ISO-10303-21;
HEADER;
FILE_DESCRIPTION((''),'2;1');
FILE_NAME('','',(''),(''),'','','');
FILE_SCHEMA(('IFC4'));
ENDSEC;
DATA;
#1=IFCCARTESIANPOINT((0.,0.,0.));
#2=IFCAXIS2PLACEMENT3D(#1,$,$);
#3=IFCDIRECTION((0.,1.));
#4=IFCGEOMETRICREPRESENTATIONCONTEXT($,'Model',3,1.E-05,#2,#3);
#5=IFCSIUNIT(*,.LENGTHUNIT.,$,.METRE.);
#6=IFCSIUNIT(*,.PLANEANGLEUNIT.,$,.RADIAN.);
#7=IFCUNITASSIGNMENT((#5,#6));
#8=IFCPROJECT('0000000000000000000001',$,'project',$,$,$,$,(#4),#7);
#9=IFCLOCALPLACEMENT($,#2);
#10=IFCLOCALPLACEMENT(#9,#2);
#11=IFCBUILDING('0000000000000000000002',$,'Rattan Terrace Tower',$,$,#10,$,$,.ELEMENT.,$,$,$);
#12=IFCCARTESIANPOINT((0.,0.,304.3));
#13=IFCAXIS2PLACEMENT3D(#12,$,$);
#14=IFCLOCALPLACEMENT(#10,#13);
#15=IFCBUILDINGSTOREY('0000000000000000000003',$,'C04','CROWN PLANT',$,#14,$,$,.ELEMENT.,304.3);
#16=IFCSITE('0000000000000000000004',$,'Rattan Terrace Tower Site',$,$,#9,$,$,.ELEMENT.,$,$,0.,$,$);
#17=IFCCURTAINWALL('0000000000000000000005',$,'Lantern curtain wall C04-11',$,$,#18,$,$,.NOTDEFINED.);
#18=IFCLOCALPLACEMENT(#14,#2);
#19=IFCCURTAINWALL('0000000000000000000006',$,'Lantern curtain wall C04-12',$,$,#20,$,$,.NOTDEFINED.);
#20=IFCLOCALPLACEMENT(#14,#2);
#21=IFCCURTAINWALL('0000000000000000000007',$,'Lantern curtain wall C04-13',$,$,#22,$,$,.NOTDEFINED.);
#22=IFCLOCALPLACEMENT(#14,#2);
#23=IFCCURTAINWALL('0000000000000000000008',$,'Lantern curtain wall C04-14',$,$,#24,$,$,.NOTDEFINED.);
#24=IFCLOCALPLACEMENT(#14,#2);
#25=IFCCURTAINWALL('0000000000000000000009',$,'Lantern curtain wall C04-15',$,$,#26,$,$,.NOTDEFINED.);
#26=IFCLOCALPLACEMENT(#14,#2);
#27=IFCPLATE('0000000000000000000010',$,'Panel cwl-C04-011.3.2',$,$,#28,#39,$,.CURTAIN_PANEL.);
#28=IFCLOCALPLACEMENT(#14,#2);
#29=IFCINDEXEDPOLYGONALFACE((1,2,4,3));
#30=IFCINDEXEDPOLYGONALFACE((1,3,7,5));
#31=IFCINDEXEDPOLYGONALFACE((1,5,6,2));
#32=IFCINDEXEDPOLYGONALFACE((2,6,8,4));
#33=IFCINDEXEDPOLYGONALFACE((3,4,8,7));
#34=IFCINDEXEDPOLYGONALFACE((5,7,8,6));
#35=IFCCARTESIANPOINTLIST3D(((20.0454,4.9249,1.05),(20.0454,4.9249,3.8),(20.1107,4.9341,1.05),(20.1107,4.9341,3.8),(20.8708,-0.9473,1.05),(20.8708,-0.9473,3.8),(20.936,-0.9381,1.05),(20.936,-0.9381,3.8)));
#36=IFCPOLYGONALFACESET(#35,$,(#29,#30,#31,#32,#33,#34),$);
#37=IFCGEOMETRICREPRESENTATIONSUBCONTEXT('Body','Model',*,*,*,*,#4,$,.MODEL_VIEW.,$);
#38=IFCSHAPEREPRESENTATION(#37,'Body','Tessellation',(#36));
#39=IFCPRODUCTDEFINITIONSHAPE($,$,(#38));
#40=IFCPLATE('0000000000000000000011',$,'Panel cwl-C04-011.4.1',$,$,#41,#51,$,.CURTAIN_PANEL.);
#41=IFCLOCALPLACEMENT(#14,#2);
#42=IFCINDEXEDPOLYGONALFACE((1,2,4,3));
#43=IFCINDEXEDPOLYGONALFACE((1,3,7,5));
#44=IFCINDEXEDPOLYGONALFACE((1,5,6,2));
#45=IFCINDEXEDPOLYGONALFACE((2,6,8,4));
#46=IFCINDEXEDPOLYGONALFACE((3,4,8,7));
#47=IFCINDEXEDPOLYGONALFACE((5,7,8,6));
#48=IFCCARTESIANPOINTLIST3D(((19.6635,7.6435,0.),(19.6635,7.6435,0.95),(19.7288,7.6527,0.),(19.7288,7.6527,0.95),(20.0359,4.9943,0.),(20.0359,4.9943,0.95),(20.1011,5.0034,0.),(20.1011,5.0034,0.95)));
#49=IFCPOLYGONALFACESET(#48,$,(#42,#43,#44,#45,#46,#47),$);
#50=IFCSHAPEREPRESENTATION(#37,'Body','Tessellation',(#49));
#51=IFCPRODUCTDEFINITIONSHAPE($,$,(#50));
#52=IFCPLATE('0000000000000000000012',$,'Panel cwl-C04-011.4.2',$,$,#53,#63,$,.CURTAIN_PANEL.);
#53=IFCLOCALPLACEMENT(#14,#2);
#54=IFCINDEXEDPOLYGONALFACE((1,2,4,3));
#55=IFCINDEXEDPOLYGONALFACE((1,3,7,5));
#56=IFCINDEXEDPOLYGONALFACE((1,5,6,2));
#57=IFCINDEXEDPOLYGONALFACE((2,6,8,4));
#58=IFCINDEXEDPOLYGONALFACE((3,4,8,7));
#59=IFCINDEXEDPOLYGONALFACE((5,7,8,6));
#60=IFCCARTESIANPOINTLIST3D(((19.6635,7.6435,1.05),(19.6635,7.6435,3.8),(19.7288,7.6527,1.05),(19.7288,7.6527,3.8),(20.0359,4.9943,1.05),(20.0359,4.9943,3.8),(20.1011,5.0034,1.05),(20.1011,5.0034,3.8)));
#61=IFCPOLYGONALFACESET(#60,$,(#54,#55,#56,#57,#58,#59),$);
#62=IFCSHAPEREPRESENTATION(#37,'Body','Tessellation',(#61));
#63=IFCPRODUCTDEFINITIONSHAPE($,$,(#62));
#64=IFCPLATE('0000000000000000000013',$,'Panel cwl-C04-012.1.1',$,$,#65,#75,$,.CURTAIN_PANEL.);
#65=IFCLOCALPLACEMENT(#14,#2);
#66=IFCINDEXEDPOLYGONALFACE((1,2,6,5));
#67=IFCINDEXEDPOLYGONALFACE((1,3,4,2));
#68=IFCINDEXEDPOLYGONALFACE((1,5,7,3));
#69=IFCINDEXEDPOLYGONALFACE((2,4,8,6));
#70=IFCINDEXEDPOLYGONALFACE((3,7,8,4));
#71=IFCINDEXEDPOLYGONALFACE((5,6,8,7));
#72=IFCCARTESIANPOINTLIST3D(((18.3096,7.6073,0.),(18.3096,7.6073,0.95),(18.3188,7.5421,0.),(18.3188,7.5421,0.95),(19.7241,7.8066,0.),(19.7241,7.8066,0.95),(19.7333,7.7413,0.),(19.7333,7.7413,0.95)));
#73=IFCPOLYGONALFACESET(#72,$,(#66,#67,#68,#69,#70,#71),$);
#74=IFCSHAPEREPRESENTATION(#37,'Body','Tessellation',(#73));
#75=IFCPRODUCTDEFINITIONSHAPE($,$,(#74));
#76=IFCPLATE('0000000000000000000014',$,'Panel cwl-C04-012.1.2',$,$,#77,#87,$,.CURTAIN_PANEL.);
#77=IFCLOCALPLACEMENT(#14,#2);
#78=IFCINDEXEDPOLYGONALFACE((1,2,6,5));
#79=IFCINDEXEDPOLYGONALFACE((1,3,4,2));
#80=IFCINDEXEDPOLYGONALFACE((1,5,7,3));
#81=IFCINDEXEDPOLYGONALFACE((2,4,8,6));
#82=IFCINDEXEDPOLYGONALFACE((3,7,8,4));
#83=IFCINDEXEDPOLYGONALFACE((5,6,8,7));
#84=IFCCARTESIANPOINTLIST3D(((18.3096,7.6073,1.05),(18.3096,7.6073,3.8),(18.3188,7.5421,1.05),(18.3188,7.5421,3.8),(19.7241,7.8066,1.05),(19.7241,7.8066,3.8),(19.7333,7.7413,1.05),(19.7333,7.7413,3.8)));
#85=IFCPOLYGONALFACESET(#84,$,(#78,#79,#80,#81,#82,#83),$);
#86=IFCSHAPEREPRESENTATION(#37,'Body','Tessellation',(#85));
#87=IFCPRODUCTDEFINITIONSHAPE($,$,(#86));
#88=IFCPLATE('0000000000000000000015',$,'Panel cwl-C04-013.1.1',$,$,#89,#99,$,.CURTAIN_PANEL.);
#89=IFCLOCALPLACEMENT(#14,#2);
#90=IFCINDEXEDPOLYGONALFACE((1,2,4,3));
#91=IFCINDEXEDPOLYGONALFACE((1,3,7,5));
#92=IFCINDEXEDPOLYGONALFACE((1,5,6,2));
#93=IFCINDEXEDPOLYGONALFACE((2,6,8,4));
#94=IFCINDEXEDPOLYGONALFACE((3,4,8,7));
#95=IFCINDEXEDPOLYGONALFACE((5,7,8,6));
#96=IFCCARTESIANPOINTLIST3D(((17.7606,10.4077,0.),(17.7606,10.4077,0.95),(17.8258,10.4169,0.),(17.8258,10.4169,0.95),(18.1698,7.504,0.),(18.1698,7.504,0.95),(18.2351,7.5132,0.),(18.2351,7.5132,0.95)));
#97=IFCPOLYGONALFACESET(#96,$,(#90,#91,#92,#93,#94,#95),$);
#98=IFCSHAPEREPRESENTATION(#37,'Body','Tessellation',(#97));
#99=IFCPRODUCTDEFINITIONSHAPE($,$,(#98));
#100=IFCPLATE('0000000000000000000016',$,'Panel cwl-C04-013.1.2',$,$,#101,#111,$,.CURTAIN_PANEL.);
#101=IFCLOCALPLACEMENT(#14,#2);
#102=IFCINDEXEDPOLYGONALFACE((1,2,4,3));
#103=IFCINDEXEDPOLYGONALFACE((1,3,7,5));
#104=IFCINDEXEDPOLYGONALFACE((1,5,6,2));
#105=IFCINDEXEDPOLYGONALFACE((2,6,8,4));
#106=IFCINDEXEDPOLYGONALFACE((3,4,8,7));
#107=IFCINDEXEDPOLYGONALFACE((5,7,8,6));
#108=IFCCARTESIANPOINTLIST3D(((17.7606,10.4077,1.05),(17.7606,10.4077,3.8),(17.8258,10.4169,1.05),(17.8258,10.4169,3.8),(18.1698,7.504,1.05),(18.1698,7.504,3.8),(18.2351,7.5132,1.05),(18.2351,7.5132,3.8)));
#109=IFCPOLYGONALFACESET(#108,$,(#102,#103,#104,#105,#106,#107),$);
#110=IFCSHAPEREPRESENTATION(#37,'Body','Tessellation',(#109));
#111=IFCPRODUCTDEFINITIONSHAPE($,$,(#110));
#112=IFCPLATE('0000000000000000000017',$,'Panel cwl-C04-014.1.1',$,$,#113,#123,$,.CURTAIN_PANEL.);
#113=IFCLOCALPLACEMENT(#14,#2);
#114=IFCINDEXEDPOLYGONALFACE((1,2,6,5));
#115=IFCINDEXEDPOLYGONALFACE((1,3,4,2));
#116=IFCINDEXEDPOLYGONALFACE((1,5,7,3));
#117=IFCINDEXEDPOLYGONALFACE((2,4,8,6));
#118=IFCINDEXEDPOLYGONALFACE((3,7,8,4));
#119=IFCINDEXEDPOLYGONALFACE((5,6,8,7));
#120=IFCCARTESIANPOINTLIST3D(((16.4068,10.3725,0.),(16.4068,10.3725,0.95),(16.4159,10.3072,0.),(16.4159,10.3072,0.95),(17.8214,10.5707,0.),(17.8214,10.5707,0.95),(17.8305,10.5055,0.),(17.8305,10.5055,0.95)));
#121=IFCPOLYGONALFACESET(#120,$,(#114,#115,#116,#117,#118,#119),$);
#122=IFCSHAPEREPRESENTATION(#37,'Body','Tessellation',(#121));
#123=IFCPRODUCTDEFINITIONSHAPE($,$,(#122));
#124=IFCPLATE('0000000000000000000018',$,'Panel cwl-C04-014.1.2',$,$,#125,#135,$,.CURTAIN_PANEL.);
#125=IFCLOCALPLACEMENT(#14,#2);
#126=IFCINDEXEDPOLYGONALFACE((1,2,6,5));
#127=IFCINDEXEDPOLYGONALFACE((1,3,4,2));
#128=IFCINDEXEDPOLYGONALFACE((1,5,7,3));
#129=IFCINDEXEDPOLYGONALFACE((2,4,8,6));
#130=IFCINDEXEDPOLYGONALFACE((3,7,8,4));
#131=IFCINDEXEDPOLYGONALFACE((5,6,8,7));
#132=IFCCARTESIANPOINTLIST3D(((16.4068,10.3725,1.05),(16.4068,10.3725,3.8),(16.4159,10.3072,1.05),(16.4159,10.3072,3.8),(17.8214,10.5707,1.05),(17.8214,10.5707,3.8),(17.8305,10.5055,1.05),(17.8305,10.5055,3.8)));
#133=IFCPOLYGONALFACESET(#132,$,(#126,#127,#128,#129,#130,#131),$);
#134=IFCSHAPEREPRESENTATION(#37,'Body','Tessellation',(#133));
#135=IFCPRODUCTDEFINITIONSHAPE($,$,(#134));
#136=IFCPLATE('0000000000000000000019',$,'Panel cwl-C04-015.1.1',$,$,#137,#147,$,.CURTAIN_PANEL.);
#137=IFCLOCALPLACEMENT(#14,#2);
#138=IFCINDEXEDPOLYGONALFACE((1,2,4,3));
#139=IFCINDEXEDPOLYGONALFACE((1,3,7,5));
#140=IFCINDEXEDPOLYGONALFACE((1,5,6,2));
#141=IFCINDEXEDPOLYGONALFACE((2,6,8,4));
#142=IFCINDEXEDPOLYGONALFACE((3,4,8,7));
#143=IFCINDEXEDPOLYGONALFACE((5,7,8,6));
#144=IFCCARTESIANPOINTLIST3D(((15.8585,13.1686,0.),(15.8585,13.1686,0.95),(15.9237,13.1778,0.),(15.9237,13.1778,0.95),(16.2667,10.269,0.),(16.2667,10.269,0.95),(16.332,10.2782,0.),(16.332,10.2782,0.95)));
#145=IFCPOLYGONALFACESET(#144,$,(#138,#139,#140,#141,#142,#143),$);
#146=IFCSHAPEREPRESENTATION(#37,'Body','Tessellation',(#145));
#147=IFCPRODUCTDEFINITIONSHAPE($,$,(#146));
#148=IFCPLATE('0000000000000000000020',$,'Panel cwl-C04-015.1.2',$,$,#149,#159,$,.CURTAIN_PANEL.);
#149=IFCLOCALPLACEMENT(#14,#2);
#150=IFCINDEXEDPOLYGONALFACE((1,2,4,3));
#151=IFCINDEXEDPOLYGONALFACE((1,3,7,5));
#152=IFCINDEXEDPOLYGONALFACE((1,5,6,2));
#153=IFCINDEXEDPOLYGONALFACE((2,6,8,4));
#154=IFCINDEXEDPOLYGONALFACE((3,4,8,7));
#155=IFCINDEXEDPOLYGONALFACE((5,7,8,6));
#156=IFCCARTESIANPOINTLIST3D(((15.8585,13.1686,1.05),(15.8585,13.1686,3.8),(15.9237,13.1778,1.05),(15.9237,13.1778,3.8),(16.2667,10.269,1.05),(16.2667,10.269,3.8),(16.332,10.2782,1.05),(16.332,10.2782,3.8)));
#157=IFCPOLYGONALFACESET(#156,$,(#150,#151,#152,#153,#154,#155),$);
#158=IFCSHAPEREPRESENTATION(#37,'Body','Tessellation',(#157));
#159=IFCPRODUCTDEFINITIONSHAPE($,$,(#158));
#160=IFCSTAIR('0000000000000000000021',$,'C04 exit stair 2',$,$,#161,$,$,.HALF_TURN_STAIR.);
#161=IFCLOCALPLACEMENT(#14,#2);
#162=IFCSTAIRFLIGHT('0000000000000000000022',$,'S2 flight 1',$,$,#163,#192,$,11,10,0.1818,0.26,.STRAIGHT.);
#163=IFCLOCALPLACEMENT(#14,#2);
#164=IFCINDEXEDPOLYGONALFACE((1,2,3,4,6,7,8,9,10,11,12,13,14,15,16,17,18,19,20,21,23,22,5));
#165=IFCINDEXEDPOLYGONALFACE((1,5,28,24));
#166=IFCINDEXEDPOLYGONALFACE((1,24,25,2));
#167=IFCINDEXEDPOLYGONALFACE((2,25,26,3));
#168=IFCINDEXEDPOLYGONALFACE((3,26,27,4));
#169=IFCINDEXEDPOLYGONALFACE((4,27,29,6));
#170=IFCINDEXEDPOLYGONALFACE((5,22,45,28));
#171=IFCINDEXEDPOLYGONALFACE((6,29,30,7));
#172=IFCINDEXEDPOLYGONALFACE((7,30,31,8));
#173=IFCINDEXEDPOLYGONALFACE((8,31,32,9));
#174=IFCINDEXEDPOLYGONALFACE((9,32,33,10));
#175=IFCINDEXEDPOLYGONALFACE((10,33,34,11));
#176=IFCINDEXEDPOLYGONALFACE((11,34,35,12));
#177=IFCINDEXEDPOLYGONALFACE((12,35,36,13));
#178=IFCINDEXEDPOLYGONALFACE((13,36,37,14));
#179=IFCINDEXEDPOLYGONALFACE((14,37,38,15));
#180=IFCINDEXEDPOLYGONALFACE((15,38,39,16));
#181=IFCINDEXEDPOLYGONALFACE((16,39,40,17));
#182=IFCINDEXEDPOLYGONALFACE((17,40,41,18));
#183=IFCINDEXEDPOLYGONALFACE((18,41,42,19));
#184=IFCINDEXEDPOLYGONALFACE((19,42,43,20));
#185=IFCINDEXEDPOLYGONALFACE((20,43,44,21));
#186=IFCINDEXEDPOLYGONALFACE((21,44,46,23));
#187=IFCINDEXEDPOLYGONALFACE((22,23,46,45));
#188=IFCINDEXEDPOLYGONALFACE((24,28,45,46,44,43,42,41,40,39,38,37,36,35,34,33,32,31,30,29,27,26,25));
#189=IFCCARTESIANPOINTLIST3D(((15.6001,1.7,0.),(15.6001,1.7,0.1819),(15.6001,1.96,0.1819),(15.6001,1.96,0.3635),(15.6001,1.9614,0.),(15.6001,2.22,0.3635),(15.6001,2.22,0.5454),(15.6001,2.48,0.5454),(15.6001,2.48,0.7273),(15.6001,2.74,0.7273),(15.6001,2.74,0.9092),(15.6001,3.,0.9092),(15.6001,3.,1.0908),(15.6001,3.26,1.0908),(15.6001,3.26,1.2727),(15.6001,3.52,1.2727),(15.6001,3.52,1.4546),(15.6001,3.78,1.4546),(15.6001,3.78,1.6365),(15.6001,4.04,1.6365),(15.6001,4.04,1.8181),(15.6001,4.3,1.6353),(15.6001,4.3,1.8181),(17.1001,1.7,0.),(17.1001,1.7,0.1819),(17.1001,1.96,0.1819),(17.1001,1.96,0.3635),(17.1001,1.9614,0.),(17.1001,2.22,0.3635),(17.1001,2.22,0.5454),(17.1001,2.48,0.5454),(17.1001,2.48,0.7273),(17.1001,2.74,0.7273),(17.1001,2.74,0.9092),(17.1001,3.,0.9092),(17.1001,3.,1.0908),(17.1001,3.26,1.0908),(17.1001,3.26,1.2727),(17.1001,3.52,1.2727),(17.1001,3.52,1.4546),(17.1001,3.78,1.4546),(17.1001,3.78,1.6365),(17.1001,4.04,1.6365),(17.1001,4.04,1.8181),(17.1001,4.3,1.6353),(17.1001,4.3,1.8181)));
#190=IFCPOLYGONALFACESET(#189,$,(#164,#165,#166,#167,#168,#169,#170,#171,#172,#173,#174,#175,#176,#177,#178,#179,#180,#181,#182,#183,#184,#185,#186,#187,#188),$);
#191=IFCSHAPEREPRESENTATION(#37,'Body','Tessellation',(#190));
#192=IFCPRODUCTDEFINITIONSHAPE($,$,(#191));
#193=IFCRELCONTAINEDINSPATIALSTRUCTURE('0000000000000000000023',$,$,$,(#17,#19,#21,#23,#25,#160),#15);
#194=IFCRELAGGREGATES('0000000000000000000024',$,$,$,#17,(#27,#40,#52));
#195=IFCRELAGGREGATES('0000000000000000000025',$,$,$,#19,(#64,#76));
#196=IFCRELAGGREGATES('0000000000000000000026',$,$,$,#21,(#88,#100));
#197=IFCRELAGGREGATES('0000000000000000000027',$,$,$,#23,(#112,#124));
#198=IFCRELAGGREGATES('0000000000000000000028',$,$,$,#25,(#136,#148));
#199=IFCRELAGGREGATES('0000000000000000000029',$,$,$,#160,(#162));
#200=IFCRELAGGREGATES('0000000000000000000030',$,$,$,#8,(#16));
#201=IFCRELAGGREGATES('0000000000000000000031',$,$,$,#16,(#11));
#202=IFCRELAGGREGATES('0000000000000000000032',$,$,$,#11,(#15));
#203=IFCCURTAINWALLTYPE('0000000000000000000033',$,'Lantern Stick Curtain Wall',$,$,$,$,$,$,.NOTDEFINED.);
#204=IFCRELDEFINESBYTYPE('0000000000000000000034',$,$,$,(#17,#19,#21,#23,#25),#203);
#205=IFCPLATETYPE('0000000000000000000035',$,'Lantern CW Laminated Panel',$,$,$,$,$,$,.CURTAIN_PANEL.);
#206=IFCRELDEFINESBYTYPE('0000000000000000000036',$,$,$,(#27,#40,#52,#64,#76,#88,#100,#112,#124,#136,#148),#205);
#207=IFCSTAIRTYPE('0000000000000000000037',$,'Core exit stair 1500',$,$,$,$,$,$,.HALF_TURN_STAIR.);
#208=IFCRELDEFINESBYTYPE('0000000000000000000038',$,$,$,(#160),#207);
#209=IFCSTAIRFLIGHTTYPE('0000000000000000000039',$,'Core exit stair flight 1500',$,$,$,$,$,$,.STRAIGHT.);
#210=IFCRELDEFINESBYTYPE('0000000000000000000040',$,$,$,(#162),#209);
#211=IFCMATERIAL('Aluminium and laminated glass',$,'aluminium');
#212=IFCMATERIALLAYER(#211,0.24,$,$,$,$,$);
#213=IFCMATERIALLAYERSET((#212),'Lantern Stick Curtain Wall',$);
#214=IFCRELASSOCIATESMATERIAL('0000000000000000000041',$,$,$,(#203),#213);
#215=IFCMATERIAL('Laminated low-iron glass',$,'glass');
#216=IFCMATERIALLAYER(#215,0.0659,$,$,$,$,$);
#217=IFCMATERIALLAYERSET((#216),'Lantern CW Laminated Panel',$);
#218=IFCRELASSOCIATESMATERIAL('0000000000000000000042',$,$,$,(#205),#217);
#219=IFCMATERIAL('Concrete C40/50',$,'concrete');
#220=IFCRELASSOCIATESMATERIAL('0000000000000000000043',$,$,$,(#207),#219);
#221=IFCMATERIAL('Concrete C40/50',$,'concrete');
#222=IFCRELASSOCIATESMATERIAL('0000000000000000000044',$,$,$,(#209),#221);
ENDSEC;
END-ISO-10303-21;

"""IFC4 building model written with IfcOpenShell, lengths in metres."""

from ifc_helpers import new_model, si_unit, direction, frame, origin, origin_2d, place, context, subcontext, project, spatial, polyline, rectangle, outline, extrude, material, layer, layer_set, type_object, element, aggregate, save


model = new_model("IFC4")

# Units and contexts
model_context = context("Model", 3, precision=1e-05, world=origin(), true_north=direction((0.0, 1.0)))
body_context = subcontext(model_context, "Body", "Model", "MODEL_VIEW")
ifc_project = project(units=[si_unit("LENGTHUNIT", "METRE"), si_unit("PLANEANGLEUNIT", "RADIAN")], contexts=[model_context])

# Site, building, storey
site_placement = place(None, origin())
site = spatial("IfcSite", under=ifc_project, at=site_placement, Name="Rattan Terrace Tower Site", CompositionType="ELEMENT", RefElevation=0.0)
building_placement = place(site_placement, origin())
building = spatial("IfcBuilding", under=site, at=building_placement, Name="Rattan Terrace Tower", CompositionType="ELEMENT")
storey_placement = place(building_placement, frame((0.0, 0.0, 304.3)))
storey = spatial("IfcBuildingStorey", under=building, at=storey_placement, Name="C04", Description="CROWN PLANT", CompositionType="ELEMENT", Elevation=304.3)

# Curtain walls
ifc_material_1 = material(Name="Aluminium and laminated glass", Category="aluminium")
ifc_layer_1 = layer(ifc_material_1, 0.24)
ifc_layer_set_1 = layer_set([ifc_layer_1], Name="Lantern Stick Curtain Wall")
curtain_wall_type = type_object("IfcCurtainWallType", Name="Lantern Stick Curtain Wall", PredefinedType="NOTDEFINED", material=ifc_layer_set_1)
curtain_wall_1_placement = place(storey_placement, origin())
curtain_wall_1 = element("IfcCurtainWall", 1, at=curtain_wall_1_placement, inside=storey, type_object=curtain_wall_type, Name="Lantern curtain wall C04-11", PredefinedType="NOTDEFINED")
curtain_wall_2_placement = place(storey_placement, origin())
curtain_wall_2 = element("IfcCurtainWall", 2, at=curtain_wall_2_placement, inside=storey, type_object=curtain_wall_type, Name="Lantern curtain wall C04-12", PredefinedType="NOTDEFINED")
curtain_wall_3_placement = place(storey_placement, origin())
curtain_wall_3 = element("IfcCurtainWall", 3, at=curtain_wall_3_placement, inside=storey, type_object=curtain_wall_type, Name="Lantern curtain wall C04-13", PredefinedType="NOTDEFINED")
curtain_wall_4_placement = place(storey_placement, origin())
curtain_wall_4 = element("IfcCurtainWall", 4, at=curtain_wall_4_placement, inside=storey, type_object=curtain_wall_type, Name="Lantern curtain wall C04-14", PredefinedType="NOTDEFINED")
curtain_wall_5_placement = place(storey_placement, origin())
curtain_wall_5 = element("IfcCurtainWall", 5, at=curtain_wall_5_placement, inside=storey, type_object=curtain_wall_type, Name="Lantern curtain wall C04-15", PredefinedType="NOTDEFINED")

# Plates
ifc_material_2 = material(Name="Laminated low-iron glass", Category="glass")
ifc_layer_2 = layer(ifc_material_2, 0.0659)
ifc_layer_set_2 = layer_set([ifc_layer_2], Name="Lantern CW Laminated Panel")
plate_type = type_object("IfcPlateType", Name="Lantern CW Laminated Panel", PredefinedType="CURTAIN_PANEL", material=ifc_layer_set_2)
plate_1_placement = place(storey_placement, frame((20.4907, 1.9934, 1.05), z_axis=(0.0, 0.0, 1.0), x_axis=(-0.139188, 0.990266, 0.0)))
plate_1 = element("IfcPlate", 6, at=plate_1_placement, type_object=plate_type, Name="Panel cwl-C04-011.3.2", PredefinedType="CURTAIN_PANEL", context=body_context, shape_type="SweptSolid", body=[
    extrude(rectangle(XDim=5.9299, YDim=0.0659, at=origin_2d()), origin(), (0.0, 0.0, 1.0), 2.75),
])
plate_2_placement = place(storey_placement, frame((19.8823, 6.3235, 0.0), z_axis=(0.0, 0.0, 1.0), x_axis=(-0.139188, 0.990266, 0.0)))
plate_2 = element("IfcPlate", 7, at=plate_2_placement, type_object=plate_type, Name="Panel cwl-C04-011.4.1", PredefinedType="CURTAIN_PANEL", context=body_context, shape_type="SweptSolid", body=[
    extrude(rectangle(XDim=2.6753, YDim=0.0659, at=origin_2d()), origin(), (0.0, 0.0, 1.0), 0.95),
])
plate_3_placement = place(storey_placement, frame((19.8823, 6.3235, 1.05), z_axis=(0.0, 0.0, 1.0), x_axis=(-0.139188, 0.990266, 0.0)))
plate_3 = element("IfcPlate", 8, at=plate_3_placement, type_object=plate_type, Name="Panel cwl-C04-011.4.2", PredefinedType="CURTAIN_PANEL", context=body_context, shape_type="SweptSolid", body=[
    extrude(rectangle(XDim=2.6753, YDim=0.0659, at=origin_2d()), origin(), (0.0, 0.0, 1.0), 2.75),
])
aggregate(curtain_wall_1, [plate_1, plate_2, plate_3])
plate_4_placement = place(storey_placement, frame((19.0215, 7.6743, 0.0), z_axis=(0.0, 0.0, 1.0), x_axis=(-0.990228, -0.139459, 0.0)))
plate_4 = element("IfcPlate", 9, at=plate_4_placement, type_object=plate_type, Name="Panel cwl-C04-012.1.1", PredefinedType="CURTAIN_PANEL", context=body_context, shape_type="SweptSolid", body=[
    extrude(rectangle(XDim=1.4285, YDim=0.0659, at=origin_2d()), origin(), (0.0, 0.0, 1.0), 0.95),
])
plate_5_placement = place(storey_placement, frame((19.0215, 7.6743, 1.05), z_axis=(0.0, 0.0, 1.0), x_axis=(-0.990228, -0.139459, 0.0)))
plate_5 = element("IfcPlate", 10, at=plate_5_placement, type_object=plate_type, Name="Panel cwl-C04-012.1.2", PredefinedType="CURTAIN_PANEL", context=body_context, shape_type="SweptSolid", body=[
    extrude(rectangle(XDim=1.4285, YDim=0.0659, at=origin_2d()), origin(), (0.0, 0.0, 1.0), 2.75),
])
aggregate(curtain_wall_2, [plate_4, plate_5])
plate_6_placement = place(storey_placement, frame((17.9978, 8.9604, 0.0), z_axis=(0.0, 0.0, 1.0), x_axis=(-0.139556, 0.990214, 0.0)))
plate_6 = element("IfcPlate", 11, at=plate_6_placement, type_object=plate_type, Name="Panel cwl-C04-013.1.1", PredefinedType="CURTAIN_PANEL", context=body_context, shape_type="SweptSolid", body=[
    extrude(rectangle(XDim=2.9324, YDim=0.0659, at=origin_2d()), origin(), (0.0, 0.0, 1.0), 0.95),
])
plate_7_placement = place(storey_placement, frame((17.9978, 8.9604, 1.05), z_axis=(0.0, 0.0, 1.0), x_axis=(-0.139556, 0.990214, 0.0)))
plate_7 = element("IfcPlate", 12, at=plate_7_placement, type_object=plate_type, Name="Panel cwl-C04-013.1.2", PredefinedType="CURTAIN_PANEL", context=body_context, shape_type="SweptSolid", body=[
    extrude(rectangle(XDim=2.9324, YDim=0.0659, at=origin_2d()), origin(), (0.0, 0.0, 1.0), 2.75),
])
aggregate(curtain_wall_3, [plate_6, plate_7])
plate_8_placement = place(storey_placement, frame((17.1187, 10.439, 0.0), z_axis=(0.0, 0.0, 1.0), x_axis=(-0.99032, -0.138805, 0.0)))
plate_8 = element("IfcPlate", 13, at=plate_8_placement, type_object=plate_type, Name="Panel cwl-C04-014.1.1", PredefinedType="CURTAIN_PANEL", context=body_context, shape_type="SweptSolid", body=[
    extrude(rectangle(XDim=1.4285, YDim=0.0659, at=origin_2d()), origin(), (0.0, 0.0, 1.0), 0.95),
])
plate_9_placement = place(storey_placement, frame((17.1187, 10.439, 1.05), z_axis=(0.0, 0.0, 1.0), x_axis=(-0.99032, -0.138805, 0.0)))
plate_9 = element("IfcPlate", 14, at=plate_9_placement, type_object=plate_type, Name="Panel cwl-C04-014.1.2", PredefinedType="CURTAIN_PANEL", context=body_context, shape_type="SweptSolid", body=[
    extrude(rectangle(XDim=1.4285, YDim=0.0659, at=origin_2d()), origin(), (0.0, 0.0, 1.0), 2.75),
])
aggregate(curtain_wall_4, [plate_8, plate_9])
plate_10_placement = place(storey_placement, frame((16.0952, 11.7234, 0.0), z_axis=(0.0, 0.0, 1.0), x_axis=(-0.139413, 0.990234, 0.0)))
plate_10 = element("IfcPlate", 15, at=plate_10_placement, type_object=plate_type, Name="Panel cwl-C04-015.1.1", PredefinedType="CURTAIN_PANEL", context=body_context, shape_type="SweptSolid", body=[
    extrude(rectangle(XDim=2.9282, YDim=0.0659, at=origin_2d()), origin(), (0.0, 0.0, 1.0), 0.95),
])
plate_11_placement = place(storey_placement, frame((16.0952, 11.7234, 1.05), z_axis=(0.0, 0.0, 1.0), x_axis=(-0.139413, 0.990234, 0.0)))
plate_11 = element("IfcPlate", 16, at=plate_11_placement, type_object=plate_type, Name="Panel cwl-C04-015.1.2", PredefinedType="CURTAIN_PANEL", context=body_context, shape_type="SweptSolid", body=[
    extrude(rectangle(XDim=2.9282, YDim=0.0659, at=origin_2d()), origin(), (0.0, 0.0, 1.0), 2.75),
])
aggregate(curtain_wall_5, [plate_10, plate_11])

# Stair, stair flight
ifc_material_3 = material(Name="Concrete C40/50", Category="concrete")
stair_type = type_object("IfcStairType", Name="Core exit stair 1500", PredefinedType="HALF_TURN_STAIR", material=ifc_material_3)
stair_placement = place(storey_placement, origin())
stair = element("IfcStair", 17, at=stair_placement, inside=storey, type_object=stair_type, Name="C04 exit stair 2", PredefinedType="HALF_TURN_STAIR")
ifc_material_4 = material(Name="Concrete C40/50", Category="concrete")
stair_flight_type = type_object("IfcStairFlightType", Name="Core exit stair flight 1500", PredefinedType="STRAIGHT", material=ifc_material_4)
stair_flight_placement = place(storey_placement, frame((16.3501, 1.7, 0.0), z_axis=(0.0, 0.0, 1.0), x_axis=(0.0, 1.0, 0.0)))
stair_flight = element("IfcStairFlight", 18, at=stair_flight_placement, type_object=stair_flight_type, Name="S2 flight 1", NumberOfRisers=11, NumberOfTreads=10, PredefinedType="STRAIGHT", RiserHeight=0.1818, TreadLength=0.26, context=body_context, shape_type="SweptSolid", body=[
    extrude(outline(polyline([(0.0, 0.0), (0.0, 0.1819), (0.26, 0.1819), (0.26, 0.3635), (0.52, 0.3635), (0.52, 0.5454), (0.78, 0.5454), (0.78, 0.7273), (1.04, 0.7273), (1.04, 0.9092), (1.3, 0.9092), (1.3, 1.0908), (1.5601, 1.0908), (1.5601, 1.2727), (1.8201, 1.2727), (1.8201, 1.4546), (2.0801, 1.4546), (2.0801, 1.6365), (2.3401, 1.6365), (2.3401, 1.8181), (2.6001, 1.8181), (2.6001, 2.0), (2.6001, 1.6353), (0.2615, 0.0), (0.0, 0.0)])), frame((0.0, 0.75, 0.0), z_axis=(0.0, -1.0, 0.0), x_axis=(1.0, 0.0, 0.0)), (0.0, 0.0, 1.0), 1.5),
])
aggregate(stair, [stair_flight])

save(model, "model.ifc")
